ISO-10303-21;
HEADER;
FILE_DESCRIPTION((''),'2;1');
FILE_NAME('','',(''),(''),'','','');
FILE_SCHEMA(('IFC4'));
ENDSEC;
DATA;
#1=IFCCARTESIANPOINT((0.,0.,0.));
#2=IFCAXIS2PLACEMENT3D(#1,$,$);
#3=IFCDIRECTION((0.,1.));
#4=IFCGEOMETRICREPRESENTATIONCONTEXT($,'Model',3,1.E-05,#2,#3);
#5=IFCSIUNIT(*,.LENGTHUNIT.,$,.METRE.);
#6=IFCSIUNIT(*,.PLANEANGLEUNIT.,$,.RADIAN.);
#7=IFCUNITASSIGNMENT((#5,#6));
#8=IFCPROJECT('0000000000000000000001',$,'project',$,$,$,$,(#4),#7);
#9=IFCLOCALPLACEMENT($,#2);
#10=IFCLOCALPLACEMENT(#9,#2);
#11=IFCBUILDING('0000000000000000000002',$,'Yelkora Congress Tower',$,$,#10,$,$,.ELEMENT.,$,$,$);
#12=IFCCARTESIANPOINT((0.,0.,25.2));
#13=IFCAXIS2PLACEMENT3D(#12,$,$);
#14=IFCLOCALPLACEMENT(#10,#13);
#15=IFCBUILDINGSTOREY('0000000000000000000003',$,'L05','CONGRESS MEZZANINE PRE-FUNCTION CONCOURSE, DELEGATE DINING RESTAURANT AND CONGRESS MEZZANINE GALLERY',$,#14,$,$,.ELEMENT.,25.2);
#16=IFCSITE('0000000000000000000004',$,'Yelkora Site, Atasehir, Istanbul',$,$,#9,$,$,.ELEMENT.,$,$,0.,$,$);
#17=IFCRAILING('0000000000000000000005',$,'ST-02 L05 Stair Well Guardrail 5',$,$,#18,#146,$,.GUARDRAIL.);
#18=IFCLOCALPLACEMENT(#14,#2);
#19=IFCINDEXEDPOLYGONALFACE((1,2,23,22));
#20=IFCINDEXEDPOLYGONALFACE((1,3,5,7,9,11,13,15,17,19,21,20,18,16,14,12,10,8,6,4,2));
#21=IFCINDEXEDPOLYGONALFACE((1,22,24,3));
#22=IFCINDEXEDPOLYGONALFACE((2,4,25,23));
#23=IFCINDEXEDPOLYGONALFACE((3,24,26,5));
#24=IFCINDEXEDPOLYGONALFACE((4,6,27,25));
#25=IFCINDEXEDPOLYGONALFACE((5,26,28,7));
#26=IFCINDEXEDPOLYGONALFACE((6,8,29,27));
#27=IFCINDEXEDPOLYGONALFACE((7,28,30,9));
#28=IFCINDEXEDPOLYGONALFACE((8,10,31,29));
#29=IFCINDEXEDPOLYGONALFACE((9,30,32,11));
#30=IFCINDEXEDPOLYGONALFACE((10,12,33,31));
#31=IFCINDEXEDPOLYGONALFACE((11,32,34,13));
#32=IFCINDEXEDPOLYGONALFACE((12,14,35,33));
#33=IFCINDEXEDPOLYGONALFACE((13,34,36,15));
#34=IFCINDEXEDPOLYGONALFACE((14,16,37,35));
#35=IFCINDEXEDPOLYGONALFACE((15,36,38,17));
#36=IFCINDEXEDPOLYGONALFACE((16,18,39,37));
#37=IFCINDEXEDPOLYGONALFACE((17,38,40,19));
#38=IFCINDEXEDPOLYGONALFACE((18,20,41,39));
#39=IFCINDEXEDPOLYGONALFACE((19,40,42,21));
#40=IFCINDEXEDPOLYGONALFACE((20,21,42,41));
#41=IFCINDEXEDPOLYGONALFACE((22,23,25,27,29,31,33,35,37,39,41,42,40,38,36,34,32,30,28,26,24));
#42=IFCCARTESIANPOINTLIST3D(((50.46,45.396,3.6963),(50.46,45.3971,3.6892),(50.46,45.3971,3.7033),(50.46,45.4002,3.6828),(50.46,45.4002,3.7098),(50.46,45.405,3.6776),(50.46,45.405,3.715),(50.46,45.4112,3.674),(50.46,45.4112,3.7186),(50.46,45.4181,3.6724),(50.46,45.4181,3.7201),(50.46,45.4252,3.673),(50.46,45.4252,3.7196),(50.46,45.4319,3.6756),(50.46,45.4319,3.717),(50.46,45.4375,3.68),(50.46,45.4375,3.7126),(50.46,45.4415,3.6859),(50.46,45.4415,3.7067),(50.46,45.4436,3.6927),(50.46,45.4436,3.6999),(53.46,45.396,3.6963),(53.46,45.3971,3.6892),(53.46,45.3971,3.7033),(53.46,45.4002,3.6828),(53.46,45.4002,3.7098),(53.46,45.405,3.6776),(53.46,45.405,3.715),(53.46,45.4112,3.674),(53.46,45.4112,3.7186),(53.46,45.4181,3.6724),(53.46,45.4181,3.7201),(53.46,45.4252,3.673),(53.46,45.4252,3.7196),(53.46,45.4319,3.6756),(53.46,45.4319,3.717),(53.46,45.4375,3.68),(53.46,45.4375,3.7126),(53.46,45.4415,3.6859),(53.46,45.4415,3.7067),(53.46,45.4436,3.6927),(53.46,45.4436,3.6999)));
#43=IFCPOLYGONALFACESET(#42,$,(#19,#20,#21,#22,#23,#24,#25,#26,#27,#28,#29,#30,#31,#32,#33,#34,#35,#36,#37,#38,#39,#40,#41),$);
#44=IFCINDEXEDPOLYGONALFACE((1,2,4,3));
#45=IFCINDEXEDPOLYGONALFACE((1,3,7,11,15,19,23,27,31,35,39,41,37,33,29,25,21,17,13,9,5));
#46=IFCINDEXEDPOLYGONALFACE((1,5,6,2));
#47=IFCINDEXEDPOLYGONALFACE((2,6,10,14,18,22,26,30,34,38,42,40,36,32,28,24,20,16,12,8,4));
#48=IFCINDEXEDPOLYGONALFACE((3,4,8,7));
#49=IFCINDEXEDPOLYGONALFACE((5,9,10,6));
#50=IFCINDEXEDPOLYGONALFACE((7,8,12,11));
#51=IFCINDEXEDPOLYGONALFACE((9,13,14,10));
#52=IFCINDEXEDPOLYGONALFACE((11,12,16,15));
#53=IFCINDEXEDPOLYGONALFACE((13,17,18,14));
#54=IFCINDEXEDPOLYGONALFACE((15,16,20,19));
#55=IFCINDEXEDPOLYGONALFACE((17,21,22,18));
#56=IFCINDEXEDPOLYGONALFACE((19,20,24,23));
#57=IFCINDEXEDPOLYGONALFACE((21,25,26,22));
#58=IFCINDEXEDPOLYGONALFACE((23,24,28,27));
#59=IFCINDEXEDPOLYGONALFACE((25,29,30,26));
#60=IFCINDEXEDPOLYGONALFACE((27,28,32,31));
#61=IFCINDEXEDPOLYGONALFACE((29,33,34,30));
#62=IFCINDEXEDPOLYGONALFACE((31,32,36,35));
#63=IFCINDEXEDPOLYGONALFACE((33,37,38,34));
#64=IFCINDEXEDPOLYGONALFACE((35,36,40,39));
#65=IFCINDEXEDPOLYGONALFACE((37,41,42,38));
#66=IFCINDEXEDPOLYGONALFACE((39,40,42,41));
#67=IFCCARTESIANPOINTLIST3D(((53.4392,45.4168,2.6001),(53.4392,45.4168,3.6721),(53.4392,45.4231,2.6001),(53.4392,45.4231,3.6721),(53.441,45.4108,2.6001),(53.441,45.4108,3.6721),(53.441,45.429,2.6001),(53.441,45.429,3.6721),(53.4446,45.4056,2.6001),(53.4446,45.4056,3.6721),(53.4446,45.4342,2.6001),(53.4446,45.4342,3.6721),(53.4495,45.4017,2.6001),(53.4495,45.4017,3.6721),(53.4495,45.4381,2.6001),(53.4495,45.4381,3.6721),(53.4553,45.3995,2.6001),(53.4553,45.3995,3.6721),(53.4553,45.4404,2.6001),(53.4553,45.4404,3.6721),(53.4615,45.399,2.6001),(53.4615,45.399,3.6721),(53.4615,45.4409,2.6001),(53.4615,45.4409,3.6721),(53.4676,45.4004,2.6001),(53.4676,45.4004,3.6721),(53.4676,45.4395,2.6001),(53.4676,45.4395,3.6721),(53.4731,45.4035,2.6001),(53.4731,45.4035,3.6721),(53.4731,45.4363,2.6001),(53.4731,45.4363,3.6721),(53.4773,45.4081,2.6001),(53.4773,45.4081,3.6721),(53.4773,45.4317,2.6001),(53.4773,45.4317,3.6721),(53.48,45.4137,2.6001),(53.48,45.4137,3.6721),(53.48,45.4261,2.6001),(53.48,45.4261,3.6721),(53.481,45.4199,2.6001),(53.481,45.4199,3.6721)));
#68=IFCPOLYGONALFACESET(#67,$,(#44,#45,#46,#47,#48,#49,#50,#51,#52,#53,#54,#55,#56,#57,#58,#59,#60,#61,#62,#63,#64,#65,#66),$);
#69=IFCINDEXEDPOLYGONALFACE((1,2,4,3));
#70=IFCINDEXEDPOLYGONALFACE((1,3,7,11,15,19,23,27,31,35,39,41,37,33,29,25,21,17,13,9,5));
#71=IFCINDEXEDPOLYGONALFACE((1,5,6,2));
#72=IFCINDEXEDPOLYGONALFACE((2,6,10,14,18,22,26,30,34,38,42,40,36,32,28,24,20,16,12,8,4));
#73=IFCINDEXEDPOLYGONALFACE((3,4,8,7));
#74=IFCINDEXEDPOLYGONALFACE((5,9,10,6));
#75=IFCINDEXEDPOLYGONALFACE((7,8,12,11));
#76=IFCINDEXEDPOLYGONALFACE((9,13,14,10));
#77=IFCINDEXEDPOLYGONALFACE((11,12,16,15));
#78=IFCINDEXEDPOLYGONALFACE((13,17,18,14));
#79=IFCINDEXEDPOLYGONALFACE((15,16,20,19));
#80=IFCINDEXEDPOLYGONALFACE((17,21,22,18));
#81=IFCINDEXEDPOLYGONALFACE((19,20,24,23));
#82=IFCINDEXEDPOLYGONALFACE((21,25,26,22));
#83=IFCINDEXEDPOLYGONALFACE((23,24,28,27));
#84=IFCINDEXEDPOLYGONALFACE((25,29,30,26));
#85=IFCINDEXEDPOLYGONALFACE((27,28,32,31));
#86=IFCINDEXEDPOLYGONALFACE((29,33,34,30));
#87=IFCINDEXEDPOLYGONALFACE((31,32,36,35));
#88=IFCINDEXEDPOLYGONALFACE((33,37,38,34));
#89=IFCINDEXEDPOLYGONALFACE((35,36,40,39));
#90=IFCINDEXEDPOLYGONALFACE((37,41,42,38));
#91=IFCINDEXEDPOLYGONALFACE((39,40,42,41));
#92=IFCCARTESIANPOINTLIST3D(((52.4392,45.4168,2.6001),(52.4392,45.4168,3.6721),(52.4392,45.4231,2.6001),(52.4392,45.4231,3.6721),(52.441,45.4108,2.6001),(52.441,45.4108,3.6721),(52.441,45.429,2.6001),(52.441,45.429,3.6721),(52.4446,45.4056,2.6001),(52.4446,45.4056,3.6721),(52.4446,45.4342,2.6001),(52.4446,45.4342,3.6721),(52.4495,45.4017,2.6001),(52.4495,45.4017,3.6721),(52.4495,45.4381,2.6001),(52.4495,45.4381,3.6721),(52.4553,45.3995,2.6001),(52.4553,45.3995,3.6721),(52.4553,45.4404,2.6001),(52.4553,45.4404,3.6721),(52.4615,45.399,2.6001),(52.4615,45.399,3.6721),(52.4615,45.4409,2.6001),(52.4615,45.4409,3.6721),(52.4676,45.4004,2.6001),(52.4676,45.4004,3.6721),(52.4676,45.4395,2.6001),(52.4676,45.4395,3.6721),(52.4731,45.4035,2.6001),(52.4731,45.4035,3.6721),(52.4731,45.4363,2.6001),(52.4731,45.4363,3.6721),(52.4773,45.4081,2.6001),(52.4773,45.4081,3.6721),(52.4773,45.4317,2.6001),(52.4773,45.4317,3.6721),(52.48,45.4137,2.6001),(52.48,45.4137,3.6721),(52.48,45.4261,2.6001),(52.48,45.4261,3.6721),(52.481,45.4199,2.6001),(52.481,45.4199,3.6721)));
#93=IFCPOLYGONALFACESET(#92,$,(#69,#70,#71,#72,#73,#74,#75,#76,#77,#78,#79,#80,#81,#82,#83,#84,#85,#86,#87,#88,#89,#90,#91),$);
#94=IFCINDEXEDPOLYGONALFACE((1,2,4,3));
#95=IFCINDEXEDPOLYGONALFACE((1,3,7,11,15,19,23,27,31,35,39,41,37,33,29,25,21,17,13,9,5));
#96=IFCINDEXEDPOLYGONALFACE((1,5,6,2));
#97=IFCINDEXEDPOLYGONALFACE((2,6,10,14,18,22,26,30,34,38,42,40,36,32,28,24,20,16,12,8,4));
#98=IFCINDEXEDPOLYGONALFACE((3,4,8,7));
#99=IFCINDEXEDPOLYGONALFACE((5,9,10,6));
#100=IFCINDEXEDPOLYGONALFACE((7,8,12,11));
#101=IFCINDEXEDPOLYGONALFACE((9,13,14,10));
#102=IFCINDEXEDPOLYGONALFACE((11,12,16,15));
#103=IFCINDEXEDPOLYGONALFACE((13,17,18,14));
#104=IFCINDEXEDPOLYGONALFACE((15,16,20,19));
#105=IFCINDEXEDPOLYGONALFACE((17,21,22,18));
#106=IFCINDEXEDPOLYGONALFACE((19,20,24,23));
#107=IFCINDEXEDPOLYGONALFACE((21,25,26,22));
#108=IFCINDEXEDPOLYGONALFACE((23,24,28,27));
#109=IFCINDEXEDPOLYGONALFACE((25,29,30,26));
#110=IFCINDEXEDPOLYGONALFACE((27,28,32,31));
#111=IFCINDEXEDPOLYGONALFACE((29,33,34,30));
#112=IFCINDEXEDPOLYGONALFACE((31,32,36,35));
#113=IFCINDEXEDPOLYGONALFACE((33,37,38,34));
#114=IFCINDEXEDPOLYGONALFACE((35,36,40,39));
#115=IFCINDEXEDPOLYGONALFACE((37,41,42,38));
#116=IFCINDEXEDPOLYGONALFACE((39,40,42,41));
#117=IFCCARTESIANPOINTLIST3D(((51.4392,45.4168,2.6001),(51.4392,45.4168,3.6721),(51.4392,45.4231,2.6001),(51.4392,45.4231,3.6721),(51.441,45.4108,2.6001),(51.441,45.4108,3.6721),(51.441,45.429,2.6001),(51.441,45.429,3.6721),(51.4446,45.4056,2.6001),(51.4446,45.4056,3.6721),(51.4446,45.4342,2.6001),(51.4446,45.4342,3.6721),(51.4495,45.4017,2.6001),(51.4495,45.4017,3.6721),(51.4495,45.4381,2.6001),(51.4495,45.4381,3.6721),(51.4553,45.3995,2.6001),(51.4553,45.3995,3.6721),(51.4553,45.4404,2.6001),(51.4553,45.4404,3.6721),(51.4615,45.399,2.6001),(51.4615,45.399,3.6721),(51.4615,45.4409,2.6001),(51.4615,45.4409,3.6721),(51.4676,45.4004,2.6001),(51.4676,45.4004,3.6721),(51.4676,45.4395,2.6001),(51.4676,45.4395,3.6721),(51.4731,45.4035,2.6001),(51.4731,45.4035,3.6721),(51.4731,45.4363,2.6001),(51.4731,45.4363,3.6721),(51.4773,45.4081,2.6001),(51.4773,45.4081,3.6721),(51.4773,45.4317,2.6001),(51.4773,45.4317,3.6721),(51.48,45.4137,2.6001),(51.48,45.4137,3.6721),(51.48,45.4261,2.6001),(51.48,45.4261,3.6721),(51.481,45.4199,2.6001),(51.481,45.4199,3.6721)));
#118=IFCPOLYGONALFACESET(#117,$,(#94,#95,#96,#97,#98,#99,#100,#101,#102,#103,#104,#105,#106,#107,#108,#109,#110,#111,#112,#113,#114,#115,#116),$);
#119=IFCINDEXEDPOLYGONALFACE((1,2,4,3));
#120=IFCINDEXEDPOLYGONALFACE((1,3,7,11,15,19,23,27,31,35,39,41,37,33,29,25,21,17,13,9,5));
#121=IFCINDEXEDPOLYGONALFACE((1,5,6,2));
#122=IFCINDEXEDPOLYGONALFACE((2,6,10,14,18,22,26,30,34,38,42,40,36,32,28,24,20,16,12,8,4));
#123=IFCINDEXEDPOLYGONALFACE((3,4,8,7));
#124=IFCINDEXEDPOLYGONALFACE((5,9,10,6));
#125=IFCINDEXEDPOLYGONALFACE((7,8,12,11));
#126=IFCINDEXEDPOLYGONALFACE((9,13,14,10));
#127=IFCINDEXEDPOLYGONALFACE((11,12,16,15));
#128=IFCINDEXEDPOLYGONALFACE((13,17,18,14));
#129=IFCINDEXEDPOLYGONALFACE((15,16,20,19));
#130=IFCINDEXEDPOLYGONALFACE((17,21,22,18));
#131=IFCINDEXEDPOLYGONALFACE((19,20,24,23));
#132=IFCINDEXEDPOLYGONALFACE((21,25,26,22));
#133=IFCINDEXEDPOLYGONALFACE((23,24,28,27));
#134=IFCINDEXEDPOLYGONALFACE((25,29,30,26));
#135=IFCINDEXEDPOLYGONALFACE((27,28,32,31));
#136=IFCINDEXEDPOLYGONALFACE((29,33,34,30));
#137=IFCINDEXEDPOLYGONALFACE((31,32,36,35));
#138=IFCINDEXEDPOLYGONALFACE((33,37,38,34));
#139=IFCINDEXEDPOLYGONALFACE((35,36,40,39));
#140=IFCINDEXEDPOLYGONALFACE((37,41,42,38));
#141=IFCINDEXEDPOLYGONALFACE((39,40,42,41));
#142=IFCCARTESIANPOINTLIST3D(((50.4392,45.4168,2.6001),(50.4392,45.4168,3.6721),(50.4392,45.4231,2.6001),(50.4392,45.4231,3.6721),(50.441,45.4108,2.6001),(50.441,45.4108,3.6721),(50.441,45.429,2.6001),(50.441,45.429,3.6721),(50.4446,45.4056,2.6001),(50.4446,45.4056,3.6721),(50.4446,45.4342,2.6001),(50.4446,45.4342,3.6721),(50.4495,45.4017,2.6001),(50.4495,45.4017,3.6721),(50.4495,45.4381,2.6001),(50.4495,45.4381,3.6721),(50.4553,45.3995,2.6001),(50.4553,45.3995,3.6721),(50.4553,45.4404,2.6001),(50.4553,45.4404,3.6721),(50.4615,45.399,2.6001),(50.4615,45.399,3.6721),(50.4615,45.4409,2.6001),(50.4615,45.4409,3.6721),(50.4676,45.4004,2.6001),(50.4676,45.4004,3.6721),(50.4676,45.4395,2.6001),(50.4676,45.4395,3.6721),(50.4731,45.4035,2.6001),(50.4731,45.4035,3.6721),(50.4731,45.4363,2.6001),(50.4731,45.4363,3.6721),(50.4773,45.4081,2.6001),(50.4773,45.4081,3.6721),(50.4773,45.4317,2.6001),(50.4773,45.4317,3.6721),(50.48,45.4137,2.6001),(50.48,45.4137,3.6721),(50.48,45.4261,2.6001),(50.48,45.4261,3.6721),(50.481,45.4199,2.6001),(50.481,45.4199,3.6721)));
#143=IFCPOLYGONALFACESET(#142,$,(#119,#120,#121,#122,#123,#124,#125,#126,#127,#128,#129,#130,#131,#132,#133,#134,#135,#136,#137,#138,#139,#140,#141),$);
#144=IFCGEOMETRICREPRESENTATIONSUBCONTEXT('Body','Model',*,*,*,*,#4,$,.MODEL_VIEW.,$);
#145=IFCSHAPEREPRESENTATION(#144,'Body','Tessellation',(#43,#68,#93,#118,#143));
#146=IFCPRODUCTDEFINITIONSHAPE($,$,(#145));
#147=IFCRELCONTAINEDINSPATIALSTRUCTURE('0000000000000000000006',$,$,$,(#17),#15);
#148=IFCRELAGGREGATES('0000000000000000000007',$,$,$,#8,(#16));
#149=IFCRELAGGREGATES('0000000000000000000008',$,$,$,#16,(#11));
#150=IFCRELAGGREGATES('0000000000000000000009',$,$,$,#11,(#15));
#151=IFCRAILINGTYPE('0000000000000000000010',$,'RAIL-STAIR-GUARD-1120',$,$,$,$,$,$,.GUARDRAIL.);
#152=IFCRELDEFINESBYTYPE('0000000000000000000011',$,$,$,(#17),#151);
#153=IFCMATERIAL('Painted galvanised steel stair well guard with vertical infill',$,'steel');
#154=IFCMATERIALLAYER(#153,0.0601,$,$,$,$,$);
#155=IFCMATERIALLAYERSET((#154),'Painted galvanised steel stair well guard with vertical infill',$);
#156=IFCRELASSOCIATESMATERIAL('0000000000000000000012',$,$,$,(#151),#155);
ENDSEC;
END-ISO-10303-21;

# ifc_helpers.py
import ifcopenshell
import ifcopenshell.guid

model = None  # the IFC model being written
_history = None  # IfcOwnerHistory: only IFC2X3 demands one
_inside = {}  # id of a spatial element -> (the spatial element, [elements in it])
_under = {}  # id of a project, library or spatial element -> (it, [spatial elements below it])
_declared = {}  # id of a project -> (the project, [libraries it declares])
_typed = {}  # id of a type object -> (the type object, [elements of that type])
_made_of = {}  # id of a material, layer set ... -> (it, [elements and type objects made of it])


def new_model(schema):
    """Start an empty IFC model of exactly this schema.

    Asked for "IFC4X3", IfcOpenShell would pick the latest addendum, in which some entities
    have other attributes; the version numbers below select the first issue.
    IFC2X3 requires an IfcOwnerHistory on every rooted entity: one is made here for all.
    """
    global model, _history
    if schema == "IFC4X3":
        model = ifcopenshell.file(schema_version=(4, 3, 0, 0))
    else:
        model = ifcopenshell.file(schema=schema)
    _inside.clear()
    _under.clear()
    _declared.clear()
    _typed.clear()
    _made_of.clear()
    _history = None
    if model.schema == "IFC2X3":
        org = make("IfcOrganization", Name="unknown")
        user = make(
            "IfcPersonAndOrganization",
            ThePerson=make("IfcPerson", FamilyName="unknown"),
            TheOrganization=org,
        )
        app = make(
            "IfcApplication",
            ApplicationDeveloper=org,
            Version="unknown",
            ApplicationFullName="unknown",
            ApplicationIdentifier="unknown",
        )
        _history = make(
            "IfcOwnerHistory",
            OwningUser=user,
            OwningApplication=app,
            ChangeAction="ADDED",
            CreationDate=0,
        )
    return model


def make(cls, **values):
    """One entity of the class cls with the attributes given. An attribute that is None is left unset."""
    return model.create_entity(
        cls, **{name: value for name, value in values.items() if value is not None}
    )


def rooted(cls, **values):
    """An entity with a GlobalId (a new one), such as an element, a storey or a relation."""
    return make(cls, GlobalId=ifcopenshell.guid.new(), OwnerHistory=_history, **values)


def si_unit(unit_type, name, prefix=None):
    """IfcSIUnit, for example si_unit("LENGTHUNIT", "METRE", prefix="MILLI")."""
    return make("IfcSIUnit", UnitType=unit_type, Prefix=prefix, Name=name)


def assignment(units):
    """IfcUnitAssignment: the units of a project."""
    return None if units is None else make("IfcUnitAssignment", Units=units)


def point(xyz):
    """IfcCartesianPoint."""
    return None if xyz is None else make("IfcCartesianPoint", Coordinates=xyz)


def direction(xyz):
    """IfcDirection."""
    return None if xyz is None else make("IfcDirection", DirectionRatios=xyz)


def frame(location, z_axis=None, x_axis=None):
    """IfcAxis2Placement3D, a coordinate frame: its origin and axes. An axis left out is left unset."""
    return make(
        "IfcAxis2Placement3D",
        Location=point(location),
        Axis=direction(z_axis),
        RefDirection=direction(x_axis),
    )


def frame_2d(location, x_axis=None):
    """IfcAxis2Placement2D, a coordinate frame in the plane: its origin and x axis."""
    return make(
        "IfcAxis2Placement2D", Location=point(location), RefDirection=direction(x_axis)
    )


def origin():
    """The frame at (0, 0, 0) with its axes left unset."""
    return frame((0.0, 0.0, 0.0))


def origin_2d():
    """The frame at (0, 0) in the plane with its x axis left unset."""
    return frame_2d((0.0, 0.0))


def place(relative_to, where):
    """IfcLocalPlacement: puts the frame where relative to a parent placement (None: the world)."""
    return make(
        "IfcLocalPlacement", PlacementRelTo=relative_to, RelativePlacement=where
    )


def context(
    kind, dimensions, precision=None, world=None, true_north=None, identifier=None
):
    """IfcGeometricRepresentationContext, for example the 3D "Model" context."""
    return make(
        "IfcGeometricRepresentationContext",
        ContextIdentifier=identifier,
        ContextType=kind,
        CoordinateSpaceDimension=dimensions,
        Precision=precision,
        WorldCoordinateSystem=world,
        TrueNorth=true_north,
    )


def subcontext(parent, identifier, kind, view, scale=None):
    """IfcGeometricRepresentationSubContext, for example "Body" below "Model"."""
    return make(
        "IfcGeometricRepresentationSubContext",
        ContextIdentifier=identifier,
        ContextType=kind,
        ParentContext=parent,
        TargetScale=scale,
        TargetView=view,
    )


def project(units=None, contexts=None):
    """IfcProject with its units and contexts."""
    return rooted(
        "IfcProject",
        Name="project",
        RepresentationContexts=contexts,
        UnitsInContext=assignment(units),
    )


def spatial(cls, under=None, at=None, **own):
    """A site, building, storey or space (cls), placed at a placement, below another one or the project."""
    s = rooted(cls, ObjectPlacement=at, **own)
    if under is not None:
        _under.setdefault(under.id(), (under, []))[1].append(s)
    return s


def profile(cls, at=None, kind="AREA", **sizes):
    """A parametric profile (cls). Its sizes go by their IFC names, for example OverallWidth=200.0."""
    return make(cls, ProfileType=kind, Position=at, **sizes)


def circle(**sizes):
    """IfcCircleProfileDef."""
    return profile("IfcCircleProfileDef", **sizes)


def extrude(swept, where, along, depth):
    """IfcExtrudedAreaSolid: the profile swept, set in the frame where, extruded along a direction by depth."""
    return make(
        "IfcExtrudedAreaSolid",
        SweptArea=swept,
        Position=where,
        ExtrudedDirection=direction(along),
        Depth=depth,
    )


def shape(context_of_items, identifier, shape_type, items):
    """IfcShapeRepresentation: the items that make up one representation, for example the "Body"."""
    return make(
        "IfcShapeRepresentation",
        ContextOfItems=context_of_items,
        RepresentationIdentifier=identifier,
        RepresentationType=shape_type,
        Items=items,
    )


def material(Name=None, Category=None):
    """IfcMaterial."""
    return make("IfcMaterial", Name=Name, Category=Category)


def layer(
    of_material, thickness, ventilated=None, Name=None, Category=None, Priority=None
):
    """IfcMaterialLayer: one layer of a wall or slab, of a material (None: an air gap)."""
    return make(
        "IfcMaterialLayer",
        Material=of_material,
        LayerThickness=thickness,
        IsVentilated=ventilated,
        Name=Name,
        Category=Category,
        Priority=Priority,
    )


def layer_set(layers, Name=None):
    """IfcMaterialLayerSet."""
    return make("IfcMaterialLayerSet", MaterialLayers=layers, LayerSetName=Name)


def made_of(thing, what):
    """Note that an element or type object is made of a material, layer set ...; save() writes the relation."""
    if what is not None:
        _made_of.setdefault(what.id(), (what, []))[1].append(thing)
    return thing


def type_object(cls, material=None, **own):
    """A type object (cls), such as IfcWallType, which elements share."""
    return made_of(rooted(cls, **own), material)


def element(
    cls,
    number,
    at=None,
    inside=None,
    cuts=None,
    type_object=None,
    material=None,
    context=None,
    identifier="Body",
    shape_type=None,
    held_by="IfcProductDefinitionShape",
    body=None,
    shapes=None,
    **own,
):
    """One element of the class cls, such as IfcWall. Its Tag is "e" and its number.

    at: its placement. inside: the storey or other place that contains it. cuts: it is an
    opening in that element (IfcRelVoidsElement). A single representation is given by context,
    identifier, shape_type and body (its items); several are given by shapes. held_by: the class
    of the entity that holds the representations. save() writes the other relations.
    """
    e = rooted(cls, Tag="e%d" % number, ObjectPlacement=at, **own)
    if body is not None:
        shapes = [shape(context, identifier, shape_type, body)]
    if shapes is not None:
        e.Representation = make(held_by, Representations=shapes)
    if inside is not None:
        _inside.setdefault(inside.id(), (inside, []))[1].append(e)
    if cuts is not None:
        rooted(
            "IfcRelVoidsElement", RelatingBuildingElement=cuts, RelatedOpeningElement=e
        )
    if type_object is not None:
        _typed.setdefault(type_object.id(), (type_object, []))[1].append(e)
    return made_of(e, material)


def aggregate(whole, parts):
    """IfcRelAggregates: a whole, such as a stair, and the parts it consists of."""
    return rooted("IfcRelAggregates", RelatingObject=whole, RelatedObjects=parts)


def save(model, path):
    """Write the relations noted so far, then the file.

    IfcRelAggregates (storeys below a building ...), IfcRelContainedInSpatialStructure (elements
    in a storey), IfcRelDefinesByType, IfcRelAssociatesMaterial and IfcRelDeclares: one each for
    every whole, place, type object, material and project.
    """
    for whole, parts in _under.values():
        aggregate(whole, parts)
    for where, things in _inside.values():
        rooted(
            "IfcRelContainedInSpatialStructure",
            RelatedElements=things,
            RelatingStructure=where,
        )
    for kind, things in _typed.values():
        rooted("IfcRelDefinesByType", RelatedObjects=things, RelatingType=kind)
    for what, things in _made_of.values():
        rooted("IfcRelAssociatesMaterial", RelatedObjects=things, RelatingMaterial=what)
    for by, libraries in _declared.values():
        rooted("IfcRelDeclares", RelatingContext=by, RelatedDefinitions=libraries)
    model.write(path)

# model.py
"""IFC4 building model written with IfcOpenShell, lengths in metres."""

from ifc_helpers import new_model, si_unit, direction, frame, origin, origin_2d, place, context, subcontext, project, spatial, circle, extrude, material, layer, layer_set, type_object, element, save


model = new_model("IFC4")

# Units and contexts
model_context = context("Model", 3, precision=1e-05, world=origin(), true_north=direction((0.0, 1.0)))
body_context = subcontext(model_context, "Body", "Model", "MODEL_VIEW")
ifc_project = project(units=[si_unit("LENGTHUNIT", "METRE"), si_unit("PLANEANGLEUNIT", "RADIAN")], contexts=[model_context])

# Site, building, storey
site_placement = place(None, origin())
site = spatial("IfcSite", under=ifc_project, at=site_placement, Name="Yelkora Site, Atasehir, Istanbul", CompositionType="ELEMENT", RefElevation=0.0)
building_placement = place(site_placement, origin())
building = spatial("IfcBuilding", under=site, at=building_placement, Name="Yelkora Congress Tower", CompositionType="ELEMENT")
storey_placement = place(building_placement, frame((0.0, 0.0, 25.2)))
storey = spatial("IfcBuildingStorey", under=building, at=storey_placement, Name="L05", Description="CONGRESS MEZZANINE PRE-FUNCTION CONCOURSE, DELEGATE DINING RESTAURANT AND CONGRESS MEZZANINE GALLERY", CompositionType="ELEMENT", Elevation=25.2)

# Railing
ifc_material_1 = material(Name="Painted galvanised steel stair well guard with vertical infill", Category="steel")
ifc_layer_1 = layer(ifc_material_1, 0.0601)
ifc_layer_set_1 = layer_set([ifc_layer_1], Name="Painted galvanised steel stair well guard with vertical infill")
railing_type = type_object("IfcRailingType", Name="RAIL-STAIR-GUARD-1120", PredefinedType="GUARDRAIL", material=ifc_layer_set_1)
railing_1_placement = place(storey_placement, frame((53.46, 45.4199, 2.6001)))
element("IfcRailing", 1, at=railing_1_placement, inside=storey, type_object=railing_type, Name="ST-02 L05 Stair Well Guardrail 5", PredefinedType="GUARDRAIL", context=body_context, shape_type="SweptSolid", body=[
    extrude(circle(Radius=0.0239, at=origin_2d()), frame((0.0, 0.0, 1.0962), z_axis=(-1.0, 0.0, 0.0), x_axis=(0.0, -1.0, 0.0)), (0.0, 0.0, 1.0), 3.0),
    extrude(circle(Radius=0.021, at=origin_2d()), origin(), (0.0, 0.0, 1.0), 1.072),
    extrude(circle(Radius=0.021, at=origin_2d()), frame((-1.0, 0.0, 0.0)), (0.0, 0.0, 1.0), 1.072),
    extrude(circle(Radius=0.021, at=origin_2d()), frame((-2.0, 0.0, 0.0)), (0.0, 0.0, 1.0), 1.072),
    extrude(circle(Radius=0.021, at=origin_2d()), frame((-3.0, 0.0, 0.0)), (0.0, 0.0, 1.0), 1.072),
])

save(model, "model.ifc")
